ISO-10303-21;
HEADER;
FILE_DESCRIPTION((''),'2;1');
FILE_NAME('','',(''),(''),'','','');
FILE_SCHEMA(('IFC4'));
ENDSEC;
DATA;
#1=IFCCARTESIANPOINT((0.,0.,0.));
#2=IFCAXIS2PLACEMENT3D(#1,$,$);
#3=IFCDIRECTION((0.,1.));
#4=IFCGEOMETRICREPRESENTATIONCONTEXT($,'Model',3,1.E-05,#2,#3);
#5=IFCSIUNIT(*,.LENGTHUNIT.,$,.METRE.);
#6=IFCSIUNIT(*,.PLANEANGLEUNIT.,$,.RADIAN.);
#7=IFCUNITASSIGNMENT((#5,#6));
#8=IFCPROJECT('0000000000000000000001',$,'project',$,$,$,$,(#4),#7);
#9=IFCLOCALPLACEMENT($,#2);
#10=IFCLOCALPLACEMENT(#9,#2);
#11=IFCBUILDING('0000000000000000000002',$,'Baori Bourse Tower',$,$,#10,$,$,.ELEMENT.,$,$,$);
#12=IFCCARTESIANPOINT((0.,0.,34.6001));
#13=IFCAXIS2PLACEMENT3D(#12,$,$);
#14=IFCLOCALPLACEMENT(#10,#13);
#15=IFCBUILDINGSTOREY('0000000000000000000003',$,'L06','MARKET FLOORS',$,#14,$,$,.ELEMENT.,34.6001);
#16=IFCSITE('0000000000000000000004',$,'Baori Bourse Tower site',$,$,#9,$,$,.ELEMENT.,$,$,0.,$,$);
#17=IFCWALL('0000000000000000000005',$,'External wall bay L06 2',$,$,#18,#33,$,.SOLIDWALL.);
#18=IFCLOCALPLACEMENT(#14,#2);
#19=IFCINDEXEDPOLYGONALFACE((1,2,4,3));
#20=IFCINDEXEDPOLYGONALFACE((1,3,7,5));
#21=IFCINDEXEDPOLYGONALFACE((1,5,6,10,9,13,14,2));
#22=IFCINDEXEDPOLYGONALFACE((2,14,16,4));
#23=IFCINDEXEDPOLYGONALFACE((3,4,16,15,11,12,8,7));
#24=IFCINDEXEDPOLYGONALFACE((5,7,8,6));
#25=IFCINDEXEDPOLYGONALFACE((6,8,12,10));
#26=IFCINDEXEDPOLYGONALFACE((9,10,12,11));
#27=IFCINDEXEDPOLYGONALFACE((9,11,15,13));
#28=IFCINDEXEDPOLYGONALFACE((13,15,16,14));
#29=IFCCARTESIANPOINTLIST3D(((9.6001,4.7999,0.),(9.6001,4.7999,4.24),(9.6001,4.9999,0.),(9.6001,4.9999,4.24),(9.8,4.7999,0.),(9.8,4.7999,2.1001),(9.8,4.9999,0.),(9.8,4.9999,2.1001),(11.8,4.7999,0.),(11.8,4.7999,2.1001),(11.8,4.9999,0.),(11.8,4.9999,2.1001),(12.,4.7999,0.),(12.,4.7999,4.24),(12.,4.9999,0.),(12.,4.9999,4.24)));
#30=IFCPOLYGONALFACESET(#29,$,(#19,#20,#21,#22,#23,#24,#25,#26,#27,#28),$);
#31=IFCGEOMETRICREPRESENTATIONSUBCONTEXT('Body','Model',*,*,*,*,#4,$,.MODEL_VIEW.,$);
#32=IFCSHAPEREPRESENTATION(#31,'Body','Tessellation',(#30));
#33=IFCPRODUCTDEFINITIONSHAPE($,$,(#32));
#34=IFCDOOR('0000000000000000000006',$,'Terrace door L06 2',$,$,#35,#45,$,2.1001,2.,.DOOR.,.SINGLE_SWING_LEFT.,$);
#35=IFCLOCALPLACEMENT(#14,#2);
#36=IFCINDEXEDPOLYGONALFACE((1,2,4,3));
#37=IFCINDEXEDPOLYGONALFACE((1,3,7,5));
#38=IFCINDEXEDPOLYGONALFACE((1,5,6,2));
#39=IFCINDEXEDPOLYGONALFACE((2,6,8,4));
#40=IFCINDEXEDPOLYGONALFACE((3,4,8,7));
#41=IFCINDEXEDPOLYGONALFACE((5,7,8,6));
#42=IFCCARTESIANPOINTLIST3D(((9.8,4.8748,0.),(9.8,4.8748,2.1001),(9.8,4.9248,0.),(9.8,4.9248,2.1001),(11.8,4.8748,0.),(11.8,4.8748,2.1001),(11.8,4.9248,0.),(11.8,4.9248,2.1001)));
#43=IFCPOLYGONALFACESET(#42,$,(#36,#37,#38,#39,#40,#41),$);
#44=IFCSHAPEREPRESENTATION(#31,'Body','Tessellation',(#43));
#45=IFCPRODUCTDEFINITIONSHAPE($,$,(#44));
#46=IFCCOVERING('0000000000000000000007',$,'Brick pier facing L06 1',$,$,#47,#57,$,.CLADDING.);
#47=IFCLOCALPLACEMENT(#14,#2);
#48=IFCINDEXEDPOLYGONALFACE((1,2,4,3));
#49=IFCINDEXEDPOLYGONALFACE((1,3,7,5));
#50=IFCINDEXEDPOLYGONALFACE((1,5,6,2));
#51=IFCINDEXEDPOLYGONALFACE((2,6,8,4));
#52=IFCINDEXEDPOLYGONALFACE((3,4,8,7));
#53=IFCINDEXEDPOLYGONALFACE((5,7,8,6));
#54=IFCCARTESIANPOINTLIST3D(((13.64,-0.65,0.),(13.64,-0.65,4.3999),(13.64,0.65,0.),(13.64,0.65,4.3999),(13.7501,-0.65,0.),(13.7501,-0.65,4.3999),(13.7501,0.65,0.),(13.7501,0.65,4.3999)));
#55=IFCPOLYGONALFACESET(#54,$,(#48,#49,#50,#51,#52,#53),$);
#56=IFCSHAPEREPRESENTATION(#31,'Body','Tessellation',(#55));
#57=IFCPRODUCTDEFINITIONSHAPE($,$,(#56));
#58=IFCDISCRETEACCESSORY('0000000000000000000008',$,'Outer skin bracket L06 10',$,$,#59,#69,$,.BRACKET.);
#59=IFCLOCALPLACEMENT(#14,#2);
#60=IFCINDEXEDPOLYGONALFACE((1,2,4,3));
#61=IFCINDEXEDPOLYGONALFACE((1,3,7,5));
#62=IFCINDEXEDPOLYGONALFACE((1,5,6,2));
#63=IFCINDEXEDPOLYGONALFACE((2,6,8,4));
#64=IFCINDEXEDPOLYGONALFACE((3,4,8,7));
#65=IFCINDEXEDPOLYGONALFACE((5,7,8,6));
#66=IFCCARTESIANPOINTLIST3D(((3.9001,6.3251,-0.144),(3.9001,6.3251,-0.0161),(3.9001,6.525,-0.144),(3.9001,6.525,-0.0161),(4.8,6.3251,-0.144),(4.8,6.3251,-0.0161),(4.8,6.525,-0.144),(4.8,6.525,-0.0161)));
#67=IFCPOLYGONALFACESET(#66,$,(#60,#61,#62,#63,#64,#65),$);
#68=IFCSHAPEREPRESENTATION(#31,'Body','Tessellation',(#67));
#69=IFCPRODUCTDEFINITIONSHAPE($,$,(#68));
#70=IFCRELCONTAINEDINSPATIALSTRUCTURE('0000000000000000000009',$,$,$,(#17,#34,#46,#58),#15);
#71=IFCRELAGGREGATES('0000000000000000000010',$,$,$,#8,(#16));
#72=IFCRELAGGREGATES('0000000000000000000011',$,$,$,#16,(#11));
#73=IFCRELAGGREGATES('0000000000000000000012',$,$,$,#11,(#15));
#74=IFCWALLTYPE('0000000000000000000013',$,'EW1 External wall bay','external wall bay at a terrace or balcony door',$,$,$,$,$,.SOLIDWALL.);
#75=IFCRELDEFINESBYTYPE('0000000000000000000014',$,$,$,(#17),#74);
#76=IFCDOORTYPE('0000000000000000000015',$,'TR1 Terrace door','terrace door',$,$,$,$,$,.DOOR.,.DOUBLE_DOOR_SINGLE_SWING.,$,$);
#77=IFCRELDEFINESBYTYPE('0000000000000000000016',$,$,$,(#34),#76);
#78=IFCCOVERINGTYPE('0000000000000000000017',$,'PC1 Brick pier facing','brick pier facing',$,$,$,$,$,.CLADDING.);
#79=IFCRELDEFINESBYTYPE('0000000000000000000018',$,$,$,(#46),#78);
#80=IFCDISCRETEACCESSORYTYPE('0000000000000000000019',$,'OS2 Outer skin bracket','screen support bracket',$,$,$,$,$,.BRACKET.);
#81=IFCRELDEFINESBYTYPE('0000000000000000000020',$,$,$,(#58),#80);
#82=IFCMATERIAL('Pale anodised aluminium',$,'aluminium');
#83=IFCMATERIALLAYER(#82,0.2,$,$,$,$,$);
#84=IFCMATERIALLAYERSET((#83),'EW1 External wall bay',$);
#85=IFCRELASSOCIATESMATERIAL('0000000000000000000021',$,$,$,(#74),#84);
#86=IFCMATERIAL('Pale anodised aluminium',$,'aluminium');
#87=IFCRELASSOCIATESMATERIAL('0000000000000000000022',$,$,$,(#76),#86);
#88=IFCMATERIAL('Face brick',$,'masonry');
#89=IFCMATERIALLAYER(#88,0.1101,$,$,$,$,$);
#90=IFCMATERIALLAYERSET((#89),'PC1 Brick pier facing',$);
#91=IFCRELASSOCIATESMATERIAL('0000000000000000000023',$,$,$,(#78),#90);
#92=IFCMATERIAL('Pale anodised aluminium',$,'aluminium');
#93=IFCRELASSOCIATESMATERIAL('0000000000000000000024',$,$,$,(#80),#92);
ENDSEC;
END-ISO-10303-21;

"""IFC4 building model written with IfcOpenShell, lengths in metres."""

from ifc_helpers import new_model, si_unit, direction, frame, frame_2d, origin, origin_2d, place, context, subcontext, project, spatial, rectangle, extrude, material, layer, layer_set, type_object, element, fill, save


model = new_model("IFC4")

# Units and contexts
model_context = context("Model", 3, precision=1e-05, world=origin(), true_north=direction((0.0, 1.0)))
body_context = subcontext(model_context, "Body", "Model", "MODEL_VIEW")
ifc_project = project(units=[si_unit("LENGTHUNIT", "METRE"), si_unit("PLANEANGLEUNIT", "RADIAN")], contexts=[model_context])

# Site, building, storey
site_placement = place(None, origin())
site = spatial("IfcSite", under=ifc_project, at=site_placement, Name="Baori Bourse Tower site", CompositionType="ELEMENT", RefElevation=0.0)
building_placement = place(site_placement, origin())
building = spatial("IfcBuilding", under=site, at=building_placement, Name="Baori Bourse Tower", CompositionType="ELEMENT")
storey_placement = place(building_placement, frame((0.0, 0.0, 34.6001)))
storey = spatial("IfcBuildingStorey", under=building, at=storey_placement, Name="L06", Description="MARKET FLOORS", CompositionType="ELEMENT", Elevation=34.6001)

# Wall, opening, door
ifc_material_1 = material(Name="Pale anodised aluminium", Category="aluminium")
ifc_layer_1 = layer(ifc_material_1, 0.2)
ifc_layer_set_1 = layer_set([ifc_layer_1], Name="EW1 External wall bay")
wall_type_1 = type_object("IfcWallType", Name="EW1 External wall bay", Description="external wall bay at a terrace or balcony door", PredefinedType="SOLIDWALL", material=ifc_layer_set_1)
wall_1_placement = place(storey_placement, frame((9.6001, 4.8999, 0.0), z_axis=(0.0, 0.0, 1.0), x_axis=(1.0, 0.0, 0.0)))
wall_1 = element("IfcWall", 1, at=wall_1_placement, inside=storey, type_object=wall_type_1, Name="External wall bay L06 2", PredefinedType="SOLIDWALL", context=body_context, shape_type="SweptSolid", body=[
    extrude(rectangle(XDim=2.3999, YDim=0.2, at=frame_2d((1.2, 0.0))), origin(), (0.0, 0.0, 1.0), 4.24),
])
opening_1_placement = place(wall_1_placement, frame((0.2, 0.0, 0.0)))
opening_1 = element("IfcOpeningElement", 2, at=opening_1_placement, cuts=wall_1, PredefinedType="OPENING", context=body_context, shape_type="SweptSolid", body=[
    extrude(rectangle(XDim=2.0, YDim=2.1001, at=frame_2d((1.0, 1.05))), frame((0.0, 0.1099, 0.0), z_axis=(0.0, -1.0, 0.0), x_axis=(1.0, 0.0, 0.0)), (0.0, 0.0, 1.0), 0.22),
])
ifc_material_2 = material(Name="Pale anodised aluminium", Category="aluminium")
door_type_1 = type_object("IfcDoorType", Name="TR1 Terrace door", Description="terrace door", OperationType="DOUBLE_DOOR_SINGLE_SWING", PredefinedType="DOOR", material=ifc_material_2)
door_1_placement = place(opening_1_placement, origin())
door_1 = element("IfcDoor", 3, at=door_1_placement, inside=storey, type_object=door_type_1, Name="Terrace door L06 2", OperationType="SINGLE_SWING_LEFT", OverallHeight=2.1001, OverallWidth=2.0, PredefinedType="DOOR", context=body_context, shape_type="SweptSolid", body=[
    extrude(rectangle(XDim=2.0, YDim=2.1001, at=frame_2d((1.0, 1.05))), frame((0.0, 0.0249, 0.0), z_axis=(0.0, -1.0, 0.0), x_axis=(1.0, 0.0, 0.0)), (0.0, 0.0, 1.0), 0.05),
])
fill(opening_1, door_1)

# Covering
ifc_material_3 = material(Name="Face brick", Category="masonry")
ifc_layer_2 = layer(ifc_material_3, 0.1101)
ifc_layer_set_2 = layer_set([ifc_layer_2], Name="PC1 Brick pier facing")
covering_type = type_object("IfcCoveringType", Name="PC1 Brick pier facing", Description="brick pier facing", PredefinedType="CLADDING", material=ifc_layer_set_2)
covering_placement = place(storey_placement, frame((13.6951, 0.0, 0.0), z_axis=(0.0, 0.0, 1.0), x_axis=(1.0, 0.0, 0.0)))
element("IfcCovering", 4, at=covering_placement, inside=storey, type_object=covering_type, Name="Brick pier facing L06 1", PredefinedType="CLADDING", context=body_context, shape_type="SweptSolid", body=[
    extrude(rectangle(XDim=0.1101, YDim=1.3, at=origin_2d()), origin(), (0.0, 0.0, 1.0), 4.3999),
])

# Discrete accessory
ifc_material_4 = material(Name="Pale anodised aluminium", Category="aluminium")
discrete_accessory_type = type_object("IfcDiscreteAccessoryType", Name="OS2 Outer skin bracket", Description="screen support bracket", PredefinedType="BRACKET", material=ifc_material_4)
discrete_accessory_placement = place(storey_placement, frame((4.3501, 6.425, -0.144), z_axis=(0.0, 0.0, 1.0), x_axis=(0.0, -1.0, 0.0)))
element("IfcDiscreteAccessory", 5, at=discrete_accessory_placement, inside=storey, type_object=discrete_accessory_type, Name="Outer skin bracket L06 10", PredefinedType="BRACKET", context=body_context, shape_type="SweptSolid", body=[
    extrude(rectangle(XDim=0.2, YDim=0.8999, at=origin_2d()), origin(), (0.0, 0.0, 1.0), 0.1279),
])

save(model, "model.ifc")
